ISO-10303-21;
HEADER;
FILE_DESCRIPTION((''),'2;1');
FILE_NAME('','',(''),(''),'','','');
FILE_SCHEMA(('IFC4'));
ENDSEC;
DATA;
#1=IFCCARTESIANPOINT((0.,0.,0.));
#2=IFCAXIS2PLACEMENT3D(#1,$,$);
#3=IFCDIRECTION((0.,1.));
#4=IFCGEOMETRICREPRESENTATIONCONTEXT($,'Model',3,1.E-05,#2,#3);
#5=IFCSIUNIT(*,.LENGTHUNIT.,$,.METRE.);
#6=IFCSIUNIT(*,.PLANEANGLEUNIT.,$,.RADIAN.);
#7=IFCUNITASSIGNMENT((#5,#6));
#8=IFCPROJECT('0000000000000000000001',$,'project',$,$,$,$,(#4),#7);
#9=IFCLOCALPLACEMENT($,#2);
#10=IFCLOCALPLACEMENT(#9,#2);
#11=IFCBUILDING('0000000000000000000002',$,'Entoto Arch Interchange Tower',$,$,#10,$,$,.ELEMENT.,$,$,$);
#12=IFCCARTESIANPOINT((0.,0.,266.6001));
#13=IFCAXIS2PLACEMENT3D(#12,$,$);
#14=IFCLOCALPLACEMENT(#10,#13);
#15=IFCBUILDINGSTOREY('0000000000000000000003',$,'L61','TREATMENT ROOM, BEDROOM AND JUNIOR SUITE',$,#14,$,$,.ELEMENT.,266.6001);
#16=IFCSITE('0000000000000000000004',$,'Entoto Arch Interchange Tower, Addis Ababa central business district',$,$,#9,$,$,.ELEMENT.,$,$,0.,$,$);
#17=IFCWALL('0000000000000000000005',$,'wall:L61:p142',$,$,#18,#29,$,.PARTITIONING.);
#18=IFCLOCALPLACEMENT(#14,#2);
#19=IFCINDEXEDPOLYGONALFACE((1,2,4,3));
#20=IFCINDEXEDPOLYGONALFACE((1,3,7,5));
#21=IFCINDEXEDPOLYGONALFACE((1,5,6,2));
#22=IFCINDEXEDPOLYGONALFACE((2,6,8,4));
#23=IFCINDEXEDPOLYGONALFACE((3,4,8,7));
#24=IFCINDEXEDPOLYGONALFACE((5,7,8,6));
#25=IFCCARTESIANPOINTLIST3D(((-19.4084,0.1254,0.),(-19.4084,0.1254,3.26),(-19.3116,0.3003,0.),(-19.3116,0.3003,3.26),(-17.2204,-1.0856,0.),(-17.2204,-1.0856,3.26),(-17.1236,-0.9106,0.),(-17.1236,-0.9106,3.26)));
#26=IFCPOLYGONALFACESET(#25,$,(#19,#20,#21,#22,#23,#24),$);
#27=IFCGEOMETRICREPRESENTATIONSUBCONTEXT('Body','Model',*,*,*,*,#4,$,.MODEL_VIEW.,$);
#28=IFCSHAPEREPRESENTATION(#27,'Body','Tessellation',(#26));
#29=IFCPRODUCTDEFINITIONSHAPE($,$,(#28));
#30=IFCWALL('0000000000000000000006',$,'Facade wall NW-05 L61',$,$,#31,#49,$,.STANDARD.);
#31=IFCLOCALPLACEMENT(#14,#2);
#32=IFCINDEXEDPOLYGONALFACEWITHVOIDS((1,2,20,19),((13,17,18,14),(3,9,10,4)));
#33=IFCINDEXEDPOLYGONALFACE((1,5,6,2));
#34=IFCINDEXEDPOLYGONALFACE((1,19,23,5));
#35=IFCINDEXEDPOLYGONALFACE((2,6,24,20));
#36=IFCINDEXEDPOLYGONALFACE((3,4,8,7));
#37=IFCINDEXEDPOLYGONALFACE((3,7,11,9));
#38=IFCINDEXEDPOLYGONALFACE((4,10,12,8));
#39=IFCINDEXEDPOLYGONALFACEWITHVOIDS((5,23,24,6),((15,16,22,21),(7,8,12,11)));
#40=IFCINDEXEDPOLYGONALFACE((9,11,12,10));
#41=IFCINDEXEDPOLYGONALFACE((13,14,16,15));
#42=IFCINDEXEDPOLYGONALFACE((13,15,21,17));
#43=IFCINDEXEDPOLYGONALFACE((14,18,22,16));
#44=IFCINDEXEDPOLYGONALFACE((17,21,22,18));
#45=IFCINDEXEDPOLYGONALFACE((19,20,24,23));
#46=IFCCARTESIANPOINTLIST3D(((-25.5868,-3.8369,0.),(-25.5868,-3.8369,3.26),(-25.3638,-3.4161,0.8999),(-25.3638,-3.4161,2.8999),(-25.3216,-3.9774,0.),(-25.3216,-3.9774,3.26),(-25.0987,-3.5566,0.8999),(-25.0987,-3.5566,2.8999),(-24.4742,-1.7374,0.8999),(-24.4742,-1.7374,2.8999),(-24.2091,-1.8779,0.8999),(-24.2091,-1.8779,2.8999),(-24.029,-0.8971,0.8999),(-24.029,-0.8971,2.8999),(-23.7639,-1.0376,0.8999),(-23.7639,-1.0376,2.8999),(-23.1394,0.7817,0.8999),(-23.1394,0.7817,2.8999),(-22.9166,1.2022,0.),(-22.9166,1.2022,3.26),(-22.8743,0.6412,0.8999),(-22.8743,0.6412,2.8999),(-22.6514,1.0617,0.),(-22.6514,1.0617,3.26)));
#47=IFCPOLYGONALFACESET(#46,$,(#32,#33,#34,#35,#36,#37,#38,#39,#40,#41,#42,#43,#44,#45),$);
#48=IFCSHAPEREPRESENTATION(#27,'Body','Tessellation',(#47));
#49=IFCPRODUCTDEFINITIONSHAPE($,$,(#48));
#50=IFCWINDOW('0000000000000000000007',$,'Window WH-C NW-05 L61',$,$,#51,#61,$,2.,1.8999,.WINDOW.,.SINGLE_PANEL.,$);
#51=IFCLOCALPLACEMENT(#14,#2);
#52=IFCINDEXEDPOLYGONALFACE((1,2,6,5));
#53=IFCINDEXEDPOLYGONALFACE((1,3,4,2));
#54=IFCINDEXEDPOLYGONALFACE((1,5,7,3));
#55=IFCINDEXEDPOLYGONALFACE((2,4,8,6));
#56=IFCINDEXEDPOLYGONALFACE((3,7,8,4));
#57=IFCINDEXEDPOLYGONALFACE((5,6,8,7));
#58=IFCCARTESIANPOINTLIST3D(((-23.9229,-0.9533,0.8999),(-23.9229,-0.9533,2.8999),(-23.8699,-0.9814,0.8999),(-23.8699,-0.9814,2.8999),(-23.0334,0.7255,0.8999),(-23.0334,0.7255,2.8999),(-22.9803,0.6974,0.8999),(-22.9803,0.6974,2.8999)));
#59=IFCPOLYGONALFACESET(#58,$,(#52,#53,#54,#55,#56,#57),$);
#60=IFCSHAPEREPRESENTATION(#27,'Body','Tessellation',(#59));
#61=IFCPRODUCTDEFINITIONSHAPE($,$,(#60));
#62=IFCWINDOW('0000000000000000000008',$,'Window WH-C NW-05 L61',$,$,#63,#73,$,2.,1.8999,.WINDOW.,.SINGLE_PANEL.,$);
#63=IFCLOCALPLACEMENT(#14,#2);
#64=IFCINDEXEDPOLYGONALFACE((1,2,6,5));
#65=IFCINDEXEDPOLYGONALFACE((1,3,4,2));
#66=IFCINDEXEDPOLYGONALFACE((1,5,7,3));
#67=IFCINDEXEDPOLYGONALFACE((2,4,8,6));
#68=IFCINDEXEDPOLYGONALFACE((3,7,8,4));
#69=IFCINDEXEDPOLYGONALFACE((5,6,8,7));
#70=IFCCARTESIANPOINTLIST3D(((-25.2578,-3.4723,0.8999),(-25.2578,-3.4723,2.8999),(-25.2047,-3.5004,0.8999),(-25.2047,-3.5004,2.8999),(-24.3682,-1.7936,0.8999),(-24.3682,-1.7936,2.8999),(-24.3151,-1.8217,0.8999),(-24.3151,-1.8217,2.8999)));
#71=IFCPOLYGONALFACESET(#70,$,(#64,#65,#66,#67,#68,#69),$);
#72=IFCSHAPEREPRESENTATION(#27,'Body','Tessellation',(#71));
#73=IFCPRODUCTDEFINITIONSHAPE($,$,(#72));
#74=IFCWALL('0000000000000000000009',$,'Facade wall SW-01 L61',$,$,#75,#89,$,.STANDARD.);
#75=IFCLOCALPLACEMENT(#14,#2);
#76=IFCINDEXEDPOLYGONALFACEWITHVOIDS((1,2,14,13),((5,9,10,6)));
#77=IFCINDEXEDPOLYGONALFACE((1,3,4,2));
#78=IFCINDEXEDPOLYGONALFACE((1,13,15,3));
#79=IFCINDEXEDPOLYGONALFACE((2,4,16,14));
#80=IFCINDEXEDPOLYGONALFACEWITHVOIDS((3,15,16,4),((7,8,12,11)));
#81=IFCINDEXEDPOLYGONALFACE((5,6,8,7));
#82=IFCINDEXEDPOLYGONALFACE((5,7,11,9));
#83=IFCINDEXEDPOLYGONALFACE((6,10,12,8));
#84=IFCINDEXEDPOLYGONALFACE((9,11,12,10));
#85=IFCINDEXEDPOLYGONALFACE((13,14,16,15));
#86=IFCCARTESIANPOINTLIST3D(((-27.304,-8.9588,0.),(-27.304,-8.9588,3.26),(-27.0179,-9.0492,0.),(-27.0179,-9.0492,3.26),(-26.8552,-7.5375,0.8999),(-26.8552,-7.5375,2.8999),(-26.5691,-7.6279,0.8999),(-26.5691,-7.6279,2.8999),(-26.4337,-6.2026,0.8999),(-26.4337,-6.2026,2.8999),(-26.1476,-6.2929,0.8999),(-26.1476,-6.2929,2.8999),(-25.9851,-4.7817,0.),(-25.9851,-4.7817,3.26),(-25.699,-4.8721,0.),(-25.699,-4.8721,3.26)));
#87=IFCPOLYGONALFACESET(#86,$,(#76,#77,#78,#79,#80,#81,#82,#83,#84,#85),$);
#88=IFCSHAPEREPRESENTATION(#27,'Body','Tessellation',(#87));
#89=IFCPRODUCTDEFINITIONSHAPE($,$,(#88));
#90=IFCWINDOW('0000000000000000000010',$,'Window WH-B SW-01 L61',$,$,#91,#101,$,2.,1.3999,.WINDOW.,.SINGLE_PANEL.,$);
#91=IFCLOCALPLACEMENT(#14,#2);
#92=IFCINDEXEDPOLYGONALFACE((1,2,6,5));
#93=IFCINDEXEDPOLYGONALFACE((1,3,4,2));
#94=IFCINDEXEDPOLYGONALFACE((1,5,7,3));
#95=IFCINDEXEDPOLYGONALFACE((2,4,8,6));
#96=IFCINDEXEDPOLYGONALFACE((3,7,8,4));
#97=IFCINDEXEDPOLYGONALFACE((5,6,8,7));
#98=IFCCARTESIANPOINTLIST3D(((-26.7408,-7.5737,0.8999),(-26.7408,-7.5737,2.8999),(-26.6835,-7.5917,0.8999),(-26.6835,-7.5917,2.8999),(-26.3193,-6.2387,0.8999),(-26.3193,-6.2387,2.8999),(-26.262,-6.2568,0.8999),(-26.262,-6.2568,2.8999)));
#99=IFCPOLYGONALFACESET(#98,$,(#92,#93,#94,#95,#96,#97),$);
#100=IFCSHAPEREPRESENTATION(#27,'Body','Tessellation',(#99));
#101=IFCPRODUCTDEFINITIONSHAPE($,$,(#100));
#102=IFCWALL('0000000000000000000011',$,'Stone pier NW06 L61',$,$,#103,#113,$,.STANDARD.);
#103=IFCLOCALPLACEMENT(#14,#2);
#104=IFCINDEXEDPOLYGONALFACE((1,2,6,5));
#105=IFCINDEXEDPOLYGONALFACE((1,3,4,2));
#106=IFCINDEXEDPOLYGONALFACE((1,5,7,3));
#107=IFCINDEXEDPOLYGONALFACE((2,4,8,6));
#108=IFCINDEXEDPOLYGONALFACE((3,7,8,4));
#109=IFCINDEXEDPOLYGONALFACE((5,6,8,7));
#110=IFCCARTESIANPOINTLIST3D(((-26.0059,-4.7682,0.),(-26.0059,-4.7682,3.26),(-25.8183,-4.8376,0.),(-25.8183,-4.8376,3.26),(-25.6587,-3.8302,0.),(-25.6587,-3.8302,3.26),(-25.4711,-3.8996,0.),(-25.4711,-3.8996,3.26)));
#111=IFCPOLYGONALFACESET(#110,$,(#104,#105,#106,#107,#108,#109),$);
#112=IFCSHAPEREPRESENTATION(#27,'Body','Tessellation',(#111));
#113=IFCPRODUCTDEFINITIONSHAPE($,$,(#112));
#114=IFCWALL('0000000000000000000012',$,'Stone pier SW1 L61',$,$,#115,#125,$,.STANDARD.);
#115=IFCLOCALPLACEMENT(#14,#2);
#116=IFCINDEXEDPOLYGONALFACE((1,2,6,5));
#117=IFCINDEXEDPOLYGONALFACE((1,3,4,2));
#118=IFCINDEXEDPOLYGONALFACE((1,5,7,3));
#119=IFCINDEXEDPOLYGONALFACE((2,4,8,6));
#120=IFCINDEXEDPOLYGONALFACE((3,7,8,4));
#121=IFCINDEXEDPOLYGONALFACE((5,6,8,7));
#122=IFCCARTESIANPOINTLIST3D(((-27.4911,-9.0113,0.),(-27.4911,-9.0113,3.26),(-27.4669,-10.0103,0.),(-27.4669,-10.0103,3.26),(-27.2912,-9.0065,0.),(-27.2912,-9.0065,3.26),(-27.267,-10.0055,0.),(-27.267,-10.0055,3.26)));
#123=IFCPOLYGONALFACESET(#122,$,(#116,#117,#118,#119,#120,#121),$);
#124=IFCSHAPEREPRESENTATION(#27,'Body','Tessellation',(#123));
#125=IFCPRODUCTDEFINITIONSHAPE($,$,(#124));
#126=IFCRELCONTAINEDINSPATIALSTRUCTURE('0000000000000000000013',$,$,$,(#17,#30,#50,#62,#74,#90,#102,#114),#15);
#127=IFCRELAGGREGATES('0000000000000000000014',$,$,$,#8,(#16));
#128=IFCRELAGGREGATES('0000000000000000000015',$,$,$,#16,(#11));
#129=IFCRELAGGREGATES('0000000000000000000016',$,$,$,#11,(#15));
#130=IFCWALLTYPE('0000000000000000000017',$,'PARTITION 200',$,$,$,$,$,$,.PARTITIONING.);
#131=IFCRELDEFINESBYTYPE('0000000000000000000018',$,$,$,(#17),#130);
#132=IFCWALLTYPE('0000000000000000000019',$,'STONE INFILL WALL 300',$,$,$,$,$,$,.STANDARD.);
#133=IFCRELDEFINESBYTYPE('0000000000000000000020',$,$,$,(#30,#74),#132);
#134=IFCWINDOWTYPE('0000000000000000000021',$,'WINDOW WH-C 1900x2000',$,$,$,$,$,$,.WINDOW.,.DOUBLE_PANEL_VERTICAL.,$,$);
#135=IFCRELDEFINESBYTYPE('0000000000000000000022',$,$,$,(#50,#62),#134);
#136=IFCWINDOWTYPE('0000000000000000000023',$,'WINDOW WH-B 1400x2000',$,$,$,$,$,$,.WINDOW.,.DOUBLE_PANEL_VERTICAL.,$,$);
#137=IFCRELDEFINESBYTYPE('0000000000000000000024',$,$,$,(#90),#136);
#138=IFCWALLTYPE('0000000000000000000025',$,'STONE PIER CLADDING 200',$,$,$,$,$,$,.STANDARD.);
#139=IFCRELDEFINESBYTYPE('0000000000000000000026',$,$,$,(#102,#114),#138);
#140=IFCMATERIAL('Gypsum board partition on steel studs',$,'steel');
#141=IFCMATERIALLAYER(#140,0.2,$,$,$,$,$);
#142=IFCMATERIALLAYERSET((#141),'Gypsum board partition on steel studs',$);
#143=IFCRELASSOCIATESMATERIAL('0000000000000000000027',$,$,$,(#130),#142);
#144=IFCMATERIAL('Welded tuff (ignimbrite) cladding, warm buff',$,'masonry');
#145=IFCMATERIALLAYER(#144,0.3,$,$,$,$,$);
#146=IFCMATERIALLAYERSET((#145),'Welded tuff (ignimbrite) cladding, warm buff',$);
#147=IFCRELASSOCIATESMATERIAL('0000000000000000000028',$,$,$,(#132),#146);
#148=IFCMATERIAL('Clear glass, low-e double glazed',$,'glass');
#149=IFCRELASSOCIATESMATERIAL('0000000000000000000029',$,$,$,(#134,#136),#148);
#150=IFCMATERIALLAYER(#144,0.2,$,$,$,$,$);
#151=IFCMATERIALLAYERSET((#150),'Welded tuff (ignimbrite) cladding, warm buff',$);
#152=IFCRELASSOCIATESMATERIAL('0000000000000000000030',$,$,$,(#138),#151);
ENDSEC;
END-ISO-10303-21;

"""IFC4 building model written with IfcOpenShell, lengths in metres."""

from ifc_helpers import new_model, si_unit, direction, frame, frame_2d, origin, place, context, subcontext, project, spatial, rectangle, extrude, material, layer, layer_set, type_object, element, fill, save


model = new_model("IFC4")

# Units and contexts
model_context = context("Model", 3, precision=1e-05, world=origin(), true_north=direction((0.0, 1.0)))
body_context = subcontext(model_context, "Body", "Model", "MODEL_VIEW")
ifc_project = project(units=[si_unit("LENGTHUNIT", "METRE"), si_unit("PLANEANGLEUNIT", "RADIAN")], contexts=[model_context])

# Site, building, storey
site_placement = place(None, origin())
site = spatial("IfcSite", under=ifc_project, at=site_placement, Name="Entoto Arch Interchange Tower, Addis Ababa central business district", CompositionType="ELEMENT", RefElevation=0.0)
building_placement = place(site_placement, origin())
building = spatial("IfcBuilding", under=site, at=building_placement, Name="Entoto Arch Interchange Tower", CompositionType="ELEMENT")
storey_placement = place(building_placement, frame((0.0, 0.0, 266.6001)))
storey = spatial("IfcBuildingStorey", under=building, at=storey_placement, Name="L61", Description="TREATMENT ROOM, BEDROOM AND JUNIOR SUITE", CompositionType="ELEMENT", Elevation=266.6001)

# Wall
ifc_material_1 = material(Name="Gypsum board partition on steel studs", Category="steel")
ifc_layer_1 = layer(ifc_material_1, 0.2)
ifc_layer_set_1 = layer_set([ifc_layer_1], Name="Gypsum board partition on steel studs")
wall_type_1 = type_object("IfcWallType", Name="PARTITION 200", PredefinedType="PARTITIONING", material=ifc_layer_set_1)
wall_1_placement = place(storey_placement, frame((-19.3601, 0.2129, 0.0), z_axis=(0.0, 0.0, 1.0), x_axis=(0.874939, -0.484233, 0.0)))
element("IfcWall", 1, at=wall_1_placement, inside=storey, type_object=wall_type_1, Name="wall:L61:p142", PredefinedType="PARTITIONING", context=body_context, shape_type="SweptSolid", body=[
    extrude(rectangle(XDim=2.5007, YDim=0.2, at=frame_2d((1.2505, 0.0))), origin(), (0.0, 0.0, 1.0), 3.26),
])

# Wall, openings, windows
ifc_material_2 = material(Name="Welded tuff (ignimbrite) cladding, warm buff", Category="masonry")
ifc_layer_2 = layer(ifc_material_2, 0.3)
ifc_layer_set_2 = layer_set([ifc_layer_2], Name="Welded tuff (ignimbrite) cladding, warm buff")
wall_type_2 = type_object("IfcWallType", Name="STONE INFILL WALL 300", PredefinedType="STANDARD", material=ifc_layer_set_2)
wall_2_placement = place(storey_placement, frame((-22.7839, 1.1321, 0.0), z_axis=(0.0, 0.0, 1.0), x_axis=(-0.46822, -0.883612, 0.0)))
wall_2 = element("IfcWall", 2, at=wall_2_placement, inside=storey, type_object=wall_type_2, Name="Facade wall NW-05 L61", PredefinedType="STANDARD", context=body_context, shape_type="SweptSolid", body=[
    extrude(rectangle(XDim=5.7029, YDim=0.3, at=frame_2d((2.8516, 0.0))), origin(), (0.0, 0.0, 1.0), 3.26),
])
opening_1_placement = place(wall_2_placement, frame((0.4761, 0.0, 0.8999)))
opening_1 = element("IfcOpeningElement", 3, at=opening_1_placement, cuts=wall_2, PredefinedType="OPENING", context=body_context, shape_type="SweptSolid", body=[
    extrude(rectangle(XDim=1.8999, YDim=2.0, at=frame_2d((0.95, 1.0))), frame((0.0, 0.1602, 0.0), z_axis=(0.0, -1.0, 0.0), x_axis=(1.0, 0.0, 0.0)), (0.0, 0.0, 1.0), 0.3201),
])
opening_2_placement = place(wall_2_placement, frame((3.3269, 0.0, 0.8999)))
opening_2 = element("IfcOpeningElement", 4, at=opening_2_placement, cuts=wall_2, PredefinedType="OPENING", context=body_context, shape_type="SweptSolid", body=[
    extrude(rectangle(XDim=1.8999, YDim=2.0, at=frame_2d((0.95, 1.0))), frame((0.0, 0.1602, 0.0), z_axis=(0.0, -1.0, 0.0), x_axis=(1.0, 0.0, 0.0)), (0.0, 0.0, 1.0), 0.3201),
])
ifc_material_3 = material(Name="Clear glass, low-e double glazed", Category="glass")
window_type_1 = type_object("IfcWindowType", Name="WINDOW WH-C 1900x2000", PartitioningType="DOUBLE_PANEL_VERTICAL", PredefinedType="WINDOW", material=ifc_material_3)
window_1_placement = place(opening_1_placement, origin())
window_1 = element("IfcWindow", 5, at=window_1_placement, inside=storey, type_object=window_type_1, Name="Window WH-C NW-05 L61", OverallHeight=2.0, OverallWidth=1.8999, PartitioningType="SINGLE_PANEL", PredefinedType="WINDOW", context=body_context, shape_type="SweptSolid", body=[
    extrude(rectangle(XDim=1.8999, YDim=2.0, at=frame_2d((0.95, 1.0))), frame((0.0, 0.03, 0.0), z_axis=(0.0, -1.0, 0.0), x_axis=(1.0, 0.0, 0.0)), (0.0, 0.0, 1.0), 0.0601),
])
fill(opening_1, window_1)
window_2_placement = place(opening_2_placement, origin())
window_2 = element("IfcWindow", 6, at=window_2_placement, inside=storey, type_object=window_type_1, Name="Window WH-C NW-05 L61", OverallHeight=2.0, OverallWidth=1.8999, PartitioningType="SINGLE_PANEL", PredefinedType="WINDOW", context=body_context, shape_type="SweptSolid", body=[
    extrude(rectangle(XDim=1.8999, YDim=2.0, at=frame_2d((0.95, 1.0))), frame((0.0, 0.03, 0.0), z_axis=(0.0, -1.0, 0.0), x_axis=(1.0, 0.0, 0.0)), (0.0, 0.0, 1.0), 0.0601),
])
fill(opening_2, window_2)

# Wall, opening, window
wall_3_placement = place(storey_placement, frame((-25.842, -4.8269, 0.0), z_axis=(0.0, 0.0, 1.0), x_axis=(-0.301089, -0.953596, 0.0)))
wall_3 = element("IfcWall", 7, at=wall_3_placement, inside=storey, type_object=wall_type_2, Name="Facade wall SW-01 L61", PredefinedType="STANDARD", context=body_context, shape_type="SweptSolid", body=[
    extrude(rectangle(XDim=4.3804, YDim=0.3, at=frame_2d((2.1902, 0.0))), origin(), (0.0, 0.0, 1.0), 3.26),
])
opening_3_placement = place(wall_3_placement, frame((1.49, 0.0, 0.8999)))
opening_3 = element("IfcOpeningElement", 8, at=opening_3_placement, cuts=wall_3, PredefinedType="OPENING", context=body_context, shape_type="SweptSolid", body=[
    extrude(rectangle(XDim=1.3999, YDim=2.0, at=frame_2d((0.7, 1.0))), frame((0.0, 0.1602, 0.0), z_axis=(0.0, -1.0, 0.0), x_axis=(1.0, 0.0, 0.0)), (0.0, 0.0, 1.0), 0.3201),
])
window_type_2 = type_object("IfcWindowType", Name="WINDOW WH-B 1400x2000", PartitioningType="DOUBLE_PANEL_VERTICAL", PredefinedType="WINDOW", material=ifc_material_3)
window_3_placement = place(opening_3_placement, origin())
window_3 = element("IfcWindow", 9, at=window_3_placement, inside=storey, type_object=window_type_2, Name="Window WH-B SW-01 L61", OverallHeight=2.0, OverallWidth=1.3999, PartitioningType="SINGLE_PANEL", PredefinedType="WINDOW", context=body_context, shape_type="SweptSolid", body=[
    extrude(rectangle(XDim=1.3999, YDim=2.0, at=frame_2d((0.7, 1.0))), frame((0.0, 0.03, 0.0), z_axis=(0.0, -1.0, 0.0), x_axis=(1.0, 0.0, 0.0)), (0.0, 0.0, 1.0), 0.0601),
])
fill(opening_3, window_3)

# Walls
ifc_layer_3 = layer(ifc_material_2, 0.2)
ifc_layer_set_3 = layer_set([ifc_layer_3], Name="Welded tuff (ignimbrite) cladding, warm buff")
wall_type_3 = type_object("IfcWallType", Name="STONE PIER CLADDING 200", PredefinedType="STANDARD", material=ifc_layer_set_3)
wall_4_placement = place(storey_placement, frame((-25.5649, -3.865, 0.0), z_axis=(0.0, 0.0, 1.0), x_axis=(-0.347108, -0.937825, 0.0)))
element("IfcWall", 10, at=wall_4_placement, inside=storey, type_object=wall_type_3, Name="Stone pier NW06 L61", PredefinedType="STANDARD", context=body_context, shape_type="SweptSolid", body=[
    extrude(rectangle(XDim=1.0002, YDim=0.2, at=frame_2d((0.5, 0.0))), origin(), (0.0, 0.0, 1.0), 3.26),
])
wall_5_placement = place(storey_placement, frame((-27.3911, -9.009, 0.0), z_axis=(0.0, 0.0, 1.0), x_axis=(0.024186, -0.999707, 0.0)))
element("IfcWall", 11, at=wall_5_placement, inside=storey, type_object=wall_type_3, Name="Stone pier SW1 L61", PredefinedType="STANDARD", context=body_context, shape_type="SweptSolid", body=[
    extrude(rectangle(XDim=0.9993, YDim=0.2, at=frame_2d((0.4995, 0.0))), origin(), (0.0, 0.0, 1.0), 3.26),
])

save(model, "model.ifc")
